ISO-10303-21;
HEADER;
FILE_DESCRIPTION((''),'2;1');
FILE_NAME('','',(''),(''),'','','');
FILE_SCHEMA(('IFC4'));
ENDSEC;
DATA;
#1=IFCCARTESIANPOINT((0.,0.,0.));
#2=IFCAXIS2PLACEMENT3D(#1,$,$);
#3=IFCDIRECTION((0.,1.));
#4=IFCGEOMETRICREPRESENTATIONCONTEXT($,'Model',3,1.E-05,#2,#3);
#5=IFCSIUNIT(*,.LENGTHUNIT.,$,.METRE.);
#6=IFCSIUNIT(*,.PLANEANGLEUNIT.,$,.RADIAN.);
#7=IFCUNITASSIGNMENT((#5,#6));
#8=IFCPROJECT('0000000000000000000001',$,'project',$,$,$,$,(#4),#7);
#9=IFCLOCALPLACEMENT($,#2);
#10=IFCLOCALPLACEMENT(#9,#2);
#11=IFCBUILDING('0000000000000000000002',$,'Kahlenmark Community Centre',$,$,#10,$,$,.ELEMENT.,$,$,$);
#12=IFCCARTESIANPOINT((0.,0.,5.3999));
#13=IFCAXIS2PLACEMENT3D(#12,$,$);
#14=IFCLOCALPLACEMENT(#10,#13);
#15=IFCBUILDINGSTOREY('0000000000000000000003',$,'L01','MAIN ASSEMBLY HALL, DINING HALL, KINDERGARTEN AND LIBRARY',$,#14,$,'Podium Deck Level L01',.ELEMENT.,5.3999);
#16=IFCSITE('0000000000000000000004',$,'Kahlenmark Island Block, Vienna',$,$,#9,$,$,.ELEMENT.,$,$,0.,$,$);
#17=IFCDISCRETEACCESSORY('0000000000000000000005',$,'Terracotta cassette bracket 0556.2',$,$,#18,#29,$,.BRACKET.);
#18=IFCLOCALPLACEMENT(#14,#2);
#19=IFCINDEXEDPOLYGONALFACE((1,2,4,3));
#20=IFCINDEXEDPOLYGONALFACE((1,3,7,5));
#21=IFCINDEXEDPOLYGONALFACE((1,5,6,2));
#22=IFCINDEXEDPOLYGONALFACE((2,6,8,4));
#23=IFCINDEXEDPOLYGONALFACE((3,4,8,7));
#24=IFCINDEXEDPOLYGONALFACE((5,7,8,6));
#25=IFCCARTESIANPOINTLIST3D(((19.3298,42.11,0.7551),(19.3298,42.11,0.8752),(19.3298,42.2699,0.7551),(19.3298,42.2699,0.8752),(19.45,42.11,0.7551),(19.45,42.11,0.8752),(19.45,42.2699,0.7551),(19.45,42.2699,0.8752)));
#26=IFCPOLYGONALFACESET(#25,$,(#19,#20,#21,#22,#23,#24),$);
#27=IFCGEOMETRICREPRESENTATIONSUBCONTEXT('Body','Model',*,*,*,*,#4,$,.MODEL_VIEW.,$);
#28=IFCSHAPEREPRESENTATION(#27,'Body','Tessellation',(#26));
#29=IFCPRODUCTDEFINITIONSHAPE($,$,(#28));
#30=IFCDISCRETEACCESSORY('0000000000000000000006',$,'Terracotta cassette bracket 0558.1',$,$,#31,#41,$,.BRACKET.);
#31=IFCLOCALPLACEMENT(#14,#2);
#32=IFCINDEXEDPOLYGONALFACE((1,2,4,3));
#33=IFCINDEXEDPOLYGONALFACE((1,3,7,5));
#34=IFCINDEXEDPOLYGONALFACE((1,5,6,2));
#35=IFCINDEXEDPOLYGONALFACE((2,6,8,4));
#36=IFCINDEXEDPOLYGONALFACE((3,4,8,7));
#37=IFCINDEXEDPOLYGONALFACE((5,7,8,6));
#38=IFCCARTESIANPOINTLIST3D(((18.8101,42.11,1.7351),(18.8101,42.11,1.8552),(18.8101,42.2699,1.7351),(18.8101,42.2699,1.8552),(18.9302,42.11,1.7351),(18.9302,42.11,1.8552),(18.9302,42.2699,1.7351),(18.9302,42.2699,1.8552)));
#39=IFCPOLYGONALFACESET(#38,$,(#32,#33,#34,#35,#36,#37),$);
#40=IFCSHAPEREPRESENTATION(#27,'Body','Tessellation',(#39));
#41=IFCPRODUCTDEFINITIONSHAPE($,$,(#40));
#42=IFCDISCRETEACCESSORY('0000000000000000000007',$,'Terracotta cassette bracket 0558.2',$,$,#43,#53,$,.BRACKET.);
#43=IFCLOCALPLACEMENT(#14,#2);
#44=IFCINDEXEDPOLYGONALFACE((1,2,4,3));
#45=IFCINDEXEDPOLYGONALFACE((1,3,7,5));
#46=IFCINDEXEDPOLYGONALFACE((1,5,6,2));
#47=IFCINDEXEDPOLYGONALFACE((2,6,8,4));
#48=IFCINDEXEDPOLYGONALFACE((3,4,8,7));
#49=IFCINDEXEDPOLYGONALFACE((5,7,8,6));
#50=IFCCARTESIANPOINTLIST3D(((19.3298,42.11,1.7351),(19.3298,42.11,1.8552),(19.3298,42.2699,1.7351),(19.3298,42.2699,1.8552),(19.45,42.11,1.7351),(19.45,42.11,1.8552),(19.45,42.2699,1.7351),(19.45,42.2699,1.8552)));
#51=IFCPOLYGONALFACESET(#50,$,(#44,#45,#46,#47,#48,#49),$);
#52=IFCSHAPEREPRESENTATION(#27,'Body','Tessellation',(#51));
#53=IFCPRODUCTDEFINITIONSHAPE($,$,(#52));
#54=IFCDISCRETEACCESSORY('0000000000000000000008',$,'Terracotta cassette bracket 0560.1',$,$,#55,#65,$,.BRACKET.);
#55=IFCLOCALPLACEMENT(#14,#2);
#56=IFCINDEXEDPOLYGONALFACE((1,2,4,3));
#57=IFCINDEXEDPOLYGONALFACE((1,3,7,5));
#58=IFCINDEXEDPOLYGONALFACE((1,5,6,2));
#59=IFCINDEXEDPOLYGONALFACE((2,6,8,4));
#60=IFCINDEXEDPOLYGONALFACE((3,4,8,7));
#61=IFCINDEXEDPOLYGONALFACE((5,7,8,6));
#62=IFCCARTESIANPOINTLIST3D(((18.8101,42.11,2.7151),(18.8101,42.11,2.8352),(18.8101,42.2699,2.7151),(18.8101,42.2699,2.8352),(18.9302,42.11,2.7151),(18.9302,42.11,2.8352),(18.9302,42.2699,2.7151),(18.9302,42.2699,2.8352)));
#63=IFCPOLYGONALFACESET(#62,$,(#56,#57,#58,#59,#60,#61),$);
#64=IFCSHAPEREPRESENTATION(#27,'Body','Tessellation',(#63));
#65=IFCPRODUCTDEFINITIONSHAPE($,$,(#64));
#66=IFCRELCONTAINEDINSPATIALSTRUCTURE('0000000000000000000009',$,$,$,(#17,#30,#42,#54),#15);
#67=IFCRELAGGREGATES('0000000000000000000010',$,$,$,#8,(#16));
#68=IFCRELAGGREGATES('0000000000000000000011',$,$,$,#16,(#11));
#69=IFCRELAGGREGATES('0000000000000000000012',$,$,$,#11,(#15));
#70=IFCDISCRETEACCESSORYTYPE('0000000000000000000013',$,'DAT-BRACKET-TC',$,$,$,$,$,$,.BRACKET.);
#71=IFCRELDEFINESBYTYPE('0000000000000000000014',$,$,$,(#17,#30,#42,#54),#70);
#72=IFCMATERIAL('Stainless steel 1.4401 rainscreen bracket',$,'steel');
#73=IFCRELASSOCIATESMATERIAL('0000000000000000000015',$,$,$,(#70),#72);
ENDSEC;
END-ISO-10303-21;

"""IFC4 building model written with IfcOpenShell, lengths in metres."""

from ifc_helpers import new_model, si_unit, direction, frame, origin, origin_2d, place, context, subcontext, project, spatial, rectangle, extrude, material, type_object, element, save


model = new_model("IFC4")

# Units and contexts
model_context = context("Model", 3, precision=1e-05, world=origin(), true_north=direction((0.0, 1.0)))
body_context = subcontext(model_context, "Body", "Model", "MODEL_VIEW")
ifc_project = project(units=[si_unit("LENGTHUNIT", "METRE"), si_unit("PLANEANGLEUNIT", "RADIAN")], contexts=[model_context])

# Site, building, storey
site_placement = place(None, origin())
site = spatial("IfcSite", under=ifc_project, at=site_placement, Name="Kahlenmark Island Block, Vienna", CompositionType="ELEMENT", RefElevation=0.0)
building_placement = place(site_placement, origin())
building = spatial("IfcBuilding", under=site, at=building_placement, Name="Kahlenmark Community Centre", CompositionType="ELEMENT")
storey_placement = place(building_placement, frame((0.0, 0.0, 5.3999)))
storey = spatial("IfcBuildingStorey", under=building, at=storey_placement, Name="L01", Description="MAIN ASSEMBLY HALL, DINING HALL, KINDERGARTEN AND LIBRARY", LongName="Podium Deck Level L01", CompositionType="ELEMENT", Elevation=5.3999)

# Discrete accessories
ifc_material_1 = material(Name="Stainless steel 1.4401 rainscreen bracket", Category="steel")
discrete_accessory_type = type_object("IfcDiscreteAccessoryType", Name="DAT-BRACKET-TC", PredefinedType="BRACKET", material=ifc_material_1)
for number, where, z_axis, x_axis, name in (
    (1, (19.3899, 42.1899, 0.7551), (0.0, 0.0, 1.0), (1.0, 0.0, 0.0), "Terracotta cassette bracket 0556.2"),
    (2, (18.8701, 42.1899, 1.7351), (0.0, 0.0, 1.0), (1.0, 0.0, 0.0), "Terracotta cassette bracket 0558.1"),
    (3, (19.3899, 42.1899, 1.7351), (0.0, 0.0, 1.0), (1.0, 0.0, 0.0), "Terracotta cassette bracket 0558.2"),
    (4, (18.8701, 42.1899, 2.7151), (0.0, 0.0, 1.0), (1.0, 0.0, 0.0), "Terracotta cassette bracket 0560.1"),
):
    element("IfcDiscreteAccessory", number, at=place(storey_placement, frame(where, z_axis=z_axis, x_axis=x_axis)), inside=storey, type_object=discrete_accessory_type, Name=name, PredefinedType="BRACKET", context=body_context, shape_type="SweptSolid", body=[
        extrude(rectangle(XDim=0.1201, YDim=0.1599, at=origin_2d()), origin(), (0.0, 0.0, 1.0), 0.1201),
    ])

save(model, "model.ifc")
